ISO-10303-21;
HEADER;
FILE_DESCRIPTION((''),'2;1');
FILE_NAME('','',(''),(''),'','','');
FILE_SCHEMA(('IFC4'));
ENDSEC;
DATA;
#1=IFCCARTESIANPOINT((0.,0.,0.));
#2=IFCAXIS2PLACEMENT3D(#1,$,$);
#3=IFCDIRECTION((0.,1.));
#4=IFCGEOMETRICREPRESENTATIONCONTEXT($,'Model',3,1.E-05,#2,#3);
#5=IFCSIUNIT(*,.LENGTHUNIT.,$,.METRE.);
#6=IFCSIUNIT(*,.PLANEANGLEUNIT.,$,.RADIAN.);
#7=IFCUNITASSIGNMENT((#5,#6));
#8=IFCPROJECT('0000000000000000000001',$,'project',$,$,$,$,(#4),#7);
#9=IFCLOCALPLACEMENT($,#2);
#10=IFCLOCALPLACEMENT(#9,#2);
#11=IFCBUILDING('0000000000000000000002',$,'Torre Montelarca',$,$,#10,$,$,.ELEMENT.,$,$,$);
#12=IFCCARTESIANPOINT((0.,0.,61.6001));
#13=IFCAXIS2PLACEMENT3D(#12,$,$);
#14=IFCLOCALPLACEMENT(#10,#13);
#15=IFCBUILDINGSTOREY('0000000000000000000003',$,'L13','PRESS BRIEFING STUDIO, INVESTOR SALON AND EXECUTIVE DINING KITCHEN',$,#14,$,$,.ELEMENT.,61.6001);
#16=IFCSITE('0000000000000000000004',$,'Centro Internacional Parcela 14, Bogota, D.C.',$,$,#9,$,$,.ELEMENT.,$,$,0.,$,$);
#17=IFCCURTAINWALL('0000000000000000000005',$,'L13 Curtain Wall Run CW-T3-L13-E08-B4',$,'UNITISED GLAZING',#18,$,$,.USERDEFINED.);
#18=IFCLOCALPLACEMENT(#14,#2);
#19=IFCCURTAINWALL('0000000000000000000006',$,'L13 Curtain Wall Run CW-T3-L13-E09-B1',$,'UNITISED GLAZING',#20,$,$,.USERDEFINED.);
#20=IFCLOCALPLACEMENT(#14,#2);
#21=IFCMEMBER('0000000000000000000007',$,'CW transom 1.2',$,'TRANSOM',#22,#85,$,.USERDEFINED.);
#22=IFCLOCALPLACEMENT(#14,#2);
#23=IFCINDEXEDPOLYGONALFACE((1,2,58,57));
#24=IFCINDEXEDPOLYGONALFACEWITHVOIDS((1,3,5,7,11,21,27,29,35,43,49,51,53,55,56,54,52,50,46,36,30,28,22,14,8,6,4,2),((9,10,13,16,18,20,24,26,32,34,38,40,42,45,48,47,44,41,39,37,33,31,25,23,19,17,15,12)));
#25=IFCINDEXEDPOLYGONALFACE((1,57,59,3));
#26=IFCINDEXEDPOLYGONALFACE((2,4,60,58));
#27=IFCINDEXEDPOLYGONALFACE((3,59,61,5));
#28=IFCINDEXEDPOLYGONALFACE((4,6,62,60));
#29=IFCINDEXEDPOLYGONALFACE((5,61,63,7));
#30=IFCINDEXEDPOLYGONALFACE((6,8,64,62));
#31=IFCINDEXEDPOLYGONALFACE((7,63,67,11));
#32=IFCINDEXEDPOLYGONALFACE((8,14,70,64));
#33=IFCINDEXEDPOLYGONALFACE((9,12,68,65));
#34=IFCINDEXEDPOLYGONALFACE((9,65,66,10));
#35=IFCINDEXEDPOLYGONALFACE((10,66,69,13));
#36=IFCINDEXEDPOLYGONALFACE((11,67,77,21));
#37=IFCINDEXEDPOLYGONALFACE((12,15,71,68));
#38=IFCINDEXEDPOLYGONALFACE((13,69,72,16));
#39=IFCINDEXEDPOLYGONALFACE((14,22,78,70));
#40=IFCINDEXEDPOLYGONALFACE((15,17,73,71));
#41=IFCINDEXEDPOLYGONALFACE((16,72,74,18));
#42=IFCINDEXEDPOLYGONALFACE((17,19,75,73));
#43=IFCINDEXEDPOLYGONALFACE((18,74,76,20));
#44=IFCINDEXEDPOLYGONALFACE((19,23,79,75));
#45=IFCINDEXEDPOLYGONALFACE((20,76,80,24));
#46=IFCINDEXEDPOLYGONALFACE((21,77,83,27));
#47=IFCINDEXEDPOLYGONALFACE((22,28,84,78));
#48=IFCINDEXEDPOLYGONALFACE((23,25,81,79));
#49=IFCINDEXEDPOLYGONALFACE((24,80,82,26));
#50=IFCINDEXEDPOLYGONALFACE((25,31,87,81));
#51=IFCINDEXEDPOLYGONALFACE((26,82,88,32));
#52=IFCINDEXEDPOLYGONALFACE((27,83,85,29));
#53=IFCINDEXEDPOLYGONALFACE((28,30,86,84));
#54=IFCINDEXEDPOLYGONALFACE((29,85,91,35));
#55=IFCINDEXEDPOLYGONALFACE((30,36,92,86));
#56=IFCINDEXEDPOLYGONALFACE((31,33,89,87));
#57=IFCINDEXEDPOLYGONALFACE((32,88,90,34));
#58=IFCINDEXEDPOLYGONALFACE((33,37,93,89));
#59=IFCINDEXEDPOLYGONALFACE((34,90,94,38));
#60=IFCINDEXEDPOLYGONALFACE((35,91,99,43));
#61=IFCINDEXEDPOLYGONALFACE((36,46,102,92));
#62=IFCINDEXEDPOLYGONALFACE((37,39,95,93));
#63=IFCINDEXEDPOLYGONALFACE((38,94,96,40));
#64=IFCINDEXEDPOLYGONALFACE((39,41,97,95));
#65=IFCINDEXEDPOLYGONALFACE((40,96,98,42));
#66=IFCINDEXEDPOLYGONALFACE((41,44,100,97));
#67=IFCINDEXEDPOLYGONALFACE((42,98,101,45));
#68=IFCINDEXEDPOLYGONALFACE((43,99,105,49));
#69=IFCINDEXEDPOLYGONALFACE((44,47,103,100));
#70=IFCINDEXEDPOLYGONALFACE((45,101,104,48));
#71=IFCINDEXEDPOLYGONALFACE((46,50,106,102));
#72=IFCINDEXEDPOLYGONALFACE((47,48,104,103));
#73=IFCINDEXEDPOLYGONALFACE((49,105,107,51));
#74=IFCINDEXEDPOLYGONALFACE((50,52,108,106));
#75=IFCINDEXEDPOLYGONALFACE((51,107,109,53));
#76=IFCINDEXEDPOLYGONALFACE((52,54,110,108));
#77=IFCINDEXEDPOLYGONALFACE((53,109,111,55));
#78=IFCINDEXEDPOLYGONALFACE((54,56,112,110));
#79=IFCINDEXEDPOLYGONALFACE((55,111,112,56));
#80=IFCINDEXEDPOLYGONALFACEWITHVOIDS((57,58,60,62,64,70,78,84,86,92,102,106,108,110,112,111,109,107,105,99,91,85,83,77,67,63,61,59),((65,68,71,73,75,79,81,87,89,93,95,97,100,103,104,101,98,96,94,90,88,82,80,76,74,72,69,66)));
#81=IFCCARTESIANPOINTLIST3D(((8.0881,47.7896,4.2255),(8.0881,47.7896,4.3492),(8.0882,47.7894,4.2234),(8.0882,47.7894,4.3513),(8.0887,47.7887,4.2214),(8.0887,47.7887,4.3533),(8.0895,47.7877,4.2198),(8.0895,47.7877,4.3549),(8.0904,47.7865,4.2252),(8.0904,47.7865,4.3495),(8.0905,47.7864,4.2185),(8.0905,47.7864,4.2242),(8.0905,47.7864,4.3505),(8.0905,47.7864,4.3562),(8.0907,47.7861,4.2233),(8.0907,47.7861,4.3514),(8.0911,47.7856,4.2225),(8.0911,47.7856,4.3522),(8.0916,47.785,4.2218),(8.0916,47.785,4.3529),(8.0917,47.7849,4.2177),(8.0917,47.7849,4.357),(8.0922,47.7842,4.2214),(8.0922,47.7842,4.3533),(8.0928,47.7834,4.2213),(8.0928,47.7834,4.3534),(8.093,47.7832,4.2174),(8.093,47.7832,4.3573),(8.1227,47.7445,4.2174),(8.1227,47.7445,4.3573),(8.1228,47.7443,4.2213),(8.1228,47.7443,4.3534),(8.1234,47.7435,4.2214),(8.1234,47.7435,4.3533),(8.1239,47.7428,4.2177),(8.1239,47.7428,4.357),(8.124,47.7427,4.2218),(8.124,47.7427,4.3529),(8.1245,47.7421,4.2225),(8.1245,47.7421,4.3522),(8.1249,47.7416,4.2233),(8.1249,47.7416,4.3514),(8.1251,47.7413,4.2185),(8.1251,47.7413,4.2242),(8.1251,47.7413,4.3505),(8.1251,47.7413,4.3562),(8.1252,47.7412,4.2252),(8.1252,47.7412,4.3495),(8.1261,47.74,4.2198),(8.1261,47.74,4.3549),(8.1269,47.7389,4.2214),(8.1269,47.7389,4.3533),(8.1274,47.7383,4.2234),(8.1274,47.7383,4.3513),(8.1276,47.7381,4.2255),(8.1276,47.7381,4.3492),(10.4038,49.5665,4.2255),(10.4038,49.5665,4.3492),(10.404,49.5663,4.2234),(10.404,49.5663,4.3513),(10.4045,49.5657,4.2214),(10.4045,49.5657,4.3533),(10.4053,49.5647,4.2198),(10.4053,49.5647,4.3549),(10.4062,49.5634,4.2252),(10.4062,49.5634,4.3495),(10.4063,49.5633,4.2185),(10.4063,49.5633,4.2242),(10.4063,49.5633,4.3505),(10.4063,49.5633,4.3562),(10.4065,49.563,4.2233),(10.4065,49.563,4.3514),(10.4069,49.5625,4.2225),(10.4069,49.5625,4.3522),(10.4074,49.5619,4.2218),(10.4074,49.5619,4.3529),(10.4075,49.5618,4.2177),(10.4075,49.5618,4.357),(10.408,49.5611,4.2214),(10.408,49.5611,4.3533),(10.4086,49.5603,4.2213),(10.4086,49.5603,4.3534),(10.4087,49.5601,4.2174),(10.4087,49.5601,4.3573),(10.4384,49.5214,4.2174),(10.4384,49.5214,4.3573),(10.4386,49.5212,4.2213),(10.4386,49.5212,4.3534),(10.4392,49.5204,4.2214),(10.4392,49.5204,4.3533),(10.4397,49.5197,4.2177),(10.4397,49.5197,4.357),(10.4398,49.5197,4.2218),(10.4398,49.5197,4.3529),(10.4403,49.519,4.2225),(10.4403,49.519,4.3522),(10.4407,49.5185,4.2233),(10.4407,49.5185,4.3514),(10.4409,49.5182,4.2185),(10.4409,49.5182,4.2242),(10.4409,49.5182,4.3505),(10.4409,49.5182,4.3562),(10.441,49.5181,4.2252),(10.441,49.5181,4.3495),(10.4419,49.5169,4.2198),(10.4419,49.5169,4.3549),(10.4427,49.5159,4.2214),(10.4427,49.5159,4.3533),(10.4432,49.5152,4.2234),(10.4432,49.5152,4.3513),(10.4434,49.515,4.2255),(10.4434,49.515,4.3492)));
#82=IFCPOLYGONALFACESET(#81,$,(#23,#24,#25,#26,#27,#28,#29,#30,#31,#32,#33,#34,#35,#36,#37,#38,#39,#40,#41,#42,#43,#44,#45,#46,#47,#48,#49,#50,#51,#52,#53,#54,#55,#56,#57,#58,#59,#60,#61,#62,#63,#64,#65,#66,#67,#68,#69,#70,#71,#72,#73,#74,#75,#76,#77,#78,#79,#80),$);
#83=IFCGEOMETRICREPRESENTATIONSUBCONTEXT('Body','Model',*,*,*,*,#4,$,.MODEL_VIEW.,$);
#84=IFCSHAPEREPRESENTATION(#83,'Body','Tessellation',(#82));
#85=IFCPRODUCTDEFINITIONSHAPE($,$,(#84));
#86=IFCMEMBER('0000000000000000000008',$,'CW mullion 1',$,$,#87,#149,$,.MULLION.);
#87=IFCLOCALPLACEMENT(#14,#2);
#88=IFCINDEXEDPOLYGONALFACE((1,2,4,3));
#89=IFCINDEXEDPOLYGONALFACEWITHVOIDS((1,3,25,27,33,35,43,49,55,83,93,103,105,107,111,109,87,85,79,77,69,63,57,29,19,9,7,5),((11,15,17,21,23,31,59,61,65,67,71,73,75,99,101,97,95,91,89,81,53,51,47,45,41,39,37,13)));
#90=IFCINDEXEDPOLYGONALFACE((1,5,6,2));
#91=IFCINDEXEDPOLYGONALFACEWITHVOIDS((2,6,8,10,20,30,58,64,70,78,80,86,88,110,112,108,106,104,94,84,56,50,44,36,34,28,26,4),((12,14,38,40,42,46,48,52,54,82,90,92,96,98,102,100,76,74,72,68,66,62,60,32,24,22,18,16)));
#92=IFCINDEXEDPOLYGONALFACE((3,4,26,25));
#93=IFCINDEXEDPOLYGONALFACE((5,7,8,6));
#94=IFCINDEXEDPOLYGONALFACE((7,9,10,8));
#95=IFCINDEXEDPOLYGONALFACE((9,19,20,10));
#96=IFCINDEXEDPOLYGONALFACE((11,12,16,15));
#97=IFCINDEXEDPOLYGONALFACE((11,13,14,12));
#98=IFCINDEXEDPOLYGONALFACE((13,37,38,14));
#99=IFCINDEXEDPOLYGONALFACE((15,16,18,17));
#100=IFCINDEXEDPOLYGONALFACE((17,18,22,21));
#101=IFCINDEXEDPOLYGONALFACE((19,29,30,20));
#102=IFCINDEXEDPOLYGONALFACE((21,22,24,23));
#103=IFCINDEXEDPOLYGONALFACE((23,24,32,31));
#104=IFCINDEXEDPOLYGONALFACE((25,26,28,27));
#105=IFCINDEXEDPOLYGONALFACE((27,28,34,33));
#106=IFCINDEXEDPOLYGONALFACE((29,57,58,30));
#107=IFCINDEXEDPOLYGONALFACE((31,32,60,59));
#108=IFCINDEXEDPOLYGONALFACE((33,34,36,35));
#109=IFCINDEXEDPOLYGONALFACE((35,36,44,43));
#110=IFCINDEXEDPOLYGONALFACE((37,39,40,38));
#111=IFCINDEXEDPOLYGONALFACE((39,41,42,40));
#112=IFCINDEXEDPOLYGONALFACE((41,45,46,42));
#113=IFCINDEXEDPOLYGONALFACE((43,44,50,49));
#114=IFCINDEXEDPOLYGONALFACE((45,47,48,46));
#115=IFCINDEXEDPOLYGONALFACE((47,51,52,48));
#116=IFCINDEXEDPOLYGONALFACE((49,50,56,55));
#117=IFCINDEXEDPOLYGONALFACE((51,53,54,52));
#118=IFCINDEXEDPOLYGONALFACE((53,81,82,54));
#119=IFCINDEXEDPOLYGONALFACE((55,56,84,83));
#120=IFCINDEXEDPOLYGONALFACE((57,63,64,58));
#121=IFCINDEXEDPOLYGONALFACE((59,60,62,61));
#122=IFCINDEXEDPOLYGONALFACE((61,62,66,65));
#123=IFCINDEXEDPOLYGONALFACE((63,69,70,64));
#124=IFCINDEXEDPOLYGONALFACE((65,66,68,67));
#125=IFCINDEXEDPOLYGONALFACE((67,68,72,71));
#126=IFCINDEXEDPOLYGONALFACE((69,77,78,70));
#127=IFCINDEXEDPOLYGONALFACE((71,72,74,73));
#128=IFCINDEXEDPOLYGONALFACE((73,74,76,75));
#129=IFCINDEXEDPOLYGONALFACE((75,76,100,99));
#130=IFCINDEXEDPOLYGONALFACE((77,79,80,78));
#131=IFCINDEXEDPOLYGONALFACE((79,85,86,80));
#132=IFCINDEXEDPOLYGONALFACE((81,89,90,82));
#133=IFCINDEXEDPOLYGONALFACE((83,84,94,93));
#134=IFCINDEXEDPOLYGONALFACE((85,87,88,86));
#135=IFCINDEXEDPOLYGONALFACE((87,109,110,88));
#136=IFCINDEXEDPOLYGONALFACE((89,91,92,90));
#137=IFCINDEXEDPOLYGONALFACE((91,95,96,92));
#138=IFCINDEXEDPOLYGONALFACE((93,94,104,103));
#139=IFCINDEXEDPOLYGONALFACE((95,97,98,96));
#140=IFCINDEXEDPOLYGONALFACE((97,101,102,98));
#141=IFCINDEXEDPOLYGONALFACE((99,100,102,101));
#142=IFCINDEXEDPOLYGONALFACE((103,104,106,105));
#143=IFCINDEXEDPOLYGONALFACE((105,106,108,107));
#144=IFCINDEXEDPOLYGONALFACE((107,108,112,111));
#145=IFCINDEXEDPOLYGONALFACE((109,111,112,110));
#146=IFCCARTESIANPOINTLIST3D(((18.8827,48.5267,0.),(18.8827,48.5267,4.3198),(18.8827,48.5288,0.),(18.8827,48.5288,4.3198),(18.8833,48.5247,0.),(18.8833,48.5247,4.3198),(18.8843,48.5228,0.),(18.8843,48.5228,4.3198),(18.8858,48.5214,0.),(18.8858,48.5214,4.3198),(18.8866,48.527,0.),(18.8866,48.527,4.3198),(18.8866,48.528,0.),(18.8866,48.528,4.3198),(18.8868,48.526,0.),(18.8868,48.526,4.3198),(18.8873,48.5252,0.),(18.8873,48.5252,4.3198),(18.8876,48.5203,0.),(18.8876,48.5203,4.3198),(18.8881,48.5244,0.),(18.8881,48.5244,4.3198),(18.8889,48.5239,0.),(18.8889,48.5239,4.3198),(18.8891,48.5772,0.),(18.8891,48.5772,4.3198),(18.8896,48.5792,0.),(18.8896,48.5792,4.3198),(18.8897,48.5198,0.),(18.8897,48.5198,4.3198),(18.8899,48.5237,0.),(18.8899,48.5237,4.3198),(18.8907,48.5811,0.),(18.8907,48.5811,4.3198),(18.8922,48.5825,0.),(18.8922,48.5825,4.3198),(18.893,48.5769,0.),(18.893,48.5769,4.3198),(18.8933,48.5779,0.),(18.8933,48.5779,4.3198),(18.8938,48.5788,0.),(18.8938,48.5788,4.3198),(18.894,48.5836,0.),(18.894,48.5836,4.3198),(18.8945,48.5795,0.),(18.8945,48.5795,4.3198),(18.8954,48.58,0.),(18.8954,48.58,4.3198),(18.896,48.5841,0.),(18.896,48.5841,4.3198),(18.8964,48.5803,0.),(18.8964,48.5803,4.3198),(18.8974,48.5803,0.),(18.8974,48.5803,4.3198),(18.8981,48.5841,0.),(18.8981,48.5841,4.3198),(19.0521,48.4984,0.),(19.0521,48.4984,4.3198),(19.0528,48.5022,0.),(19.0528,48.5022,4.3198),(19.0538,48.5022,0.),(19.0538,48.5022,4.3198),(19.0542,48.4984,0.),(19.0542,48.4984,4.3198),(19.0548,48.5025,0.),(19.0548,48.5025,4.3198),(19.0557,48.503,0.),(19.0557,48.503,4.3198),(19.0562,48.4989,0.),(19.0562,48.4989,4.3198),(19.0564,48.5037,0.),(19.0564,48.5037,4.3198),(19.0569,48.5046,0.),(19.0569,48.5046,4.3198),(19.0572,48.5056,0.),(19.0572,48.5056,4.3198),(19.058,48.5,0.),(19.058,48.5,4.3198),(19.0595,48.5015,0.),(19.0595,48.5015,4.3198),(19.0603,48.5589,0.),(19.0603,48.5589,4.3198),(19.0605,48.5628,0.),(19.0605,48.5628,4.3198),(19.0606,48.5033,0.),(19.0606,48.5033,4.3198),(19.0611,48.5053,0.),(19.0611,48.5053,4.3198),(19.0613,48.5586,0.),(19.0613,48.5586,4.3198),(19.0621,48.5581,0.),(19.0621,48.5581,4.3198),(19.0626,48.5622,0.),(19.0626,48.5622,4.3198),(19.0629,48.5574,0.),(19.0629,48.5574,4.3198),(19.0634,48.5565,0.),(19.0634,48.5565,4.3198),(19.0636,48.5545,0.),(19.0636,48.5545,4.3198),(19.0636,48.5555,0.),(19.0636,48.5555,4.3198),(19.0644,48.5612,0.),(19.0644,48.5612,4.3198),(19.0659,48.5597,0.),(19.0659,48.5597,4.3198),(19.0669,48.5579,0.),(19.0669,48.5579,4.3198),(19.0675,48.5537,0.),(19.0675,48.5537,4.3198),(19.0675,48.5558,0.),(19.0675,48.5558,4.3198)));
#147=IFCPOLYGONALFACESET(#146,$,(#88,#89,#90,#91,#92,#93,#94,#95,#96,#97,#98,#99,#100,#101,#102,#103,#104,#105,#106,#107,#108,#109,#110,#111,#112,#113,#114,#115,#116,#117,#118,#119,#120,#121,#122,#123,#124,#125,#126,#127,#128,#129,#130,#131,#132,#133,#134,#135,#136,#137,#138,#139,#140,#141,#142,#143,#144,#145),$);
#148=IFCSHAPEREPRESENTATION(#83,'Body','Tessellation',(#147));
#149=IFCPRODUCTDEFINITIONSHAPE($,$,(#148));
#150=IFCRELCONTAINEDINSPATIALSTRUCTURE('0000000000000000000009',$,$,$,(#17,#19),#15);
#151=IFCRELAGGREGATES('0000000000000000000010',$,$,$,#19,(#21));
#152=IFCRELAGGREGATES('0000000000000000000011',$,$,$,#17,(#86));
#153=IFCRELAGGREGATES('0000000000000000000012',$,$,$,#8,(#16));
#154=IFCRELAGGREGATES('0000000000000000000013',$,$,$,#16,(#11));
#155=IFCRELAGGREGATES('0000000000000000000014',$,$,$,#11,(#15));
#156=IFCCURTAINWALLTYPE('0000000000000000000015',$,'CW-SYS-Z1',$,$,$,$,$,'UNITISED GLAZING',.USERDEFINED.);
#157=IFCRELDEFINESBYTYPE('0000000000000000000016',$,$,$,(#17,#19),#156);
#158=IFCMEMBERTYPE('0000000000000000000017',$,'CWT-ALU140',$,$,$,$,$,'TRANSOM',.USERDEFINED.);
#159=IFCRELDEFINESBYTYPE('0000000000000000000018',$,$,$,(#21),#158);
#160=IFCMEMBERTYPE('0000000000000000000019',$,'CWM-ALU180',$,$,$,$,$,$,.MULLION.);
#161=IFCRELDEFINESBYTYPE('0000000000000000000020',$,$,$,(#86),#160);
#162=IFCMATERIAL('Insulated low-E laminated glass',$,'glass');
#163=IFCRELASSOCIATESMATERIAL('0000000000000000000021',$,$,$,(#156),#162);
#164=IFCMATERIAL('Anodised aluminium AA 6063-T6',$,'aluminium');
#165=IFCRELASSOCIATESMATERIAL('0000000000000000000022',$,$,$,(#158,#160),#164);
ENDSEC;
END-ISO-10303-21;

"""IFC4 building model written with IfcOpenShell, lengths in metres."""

from ifc_helpers import new_model, si_unit, direction, frame, origin, origin_2d, place, context, subcontext, project, spatial, hollow_rectangle, extrude, source, transform, mapped, material, material_profile, profile_set, type_object, element, aggregate, save


model = new_model("IFC4")

# Units and contexts
model_context = context("Model", 3, precision=1e-05, world=origin(), true_north=direction((0.0, 1.0)))
body_context = subcontext(model_context, "Body", "Model", "MODEL_VIEW")
ifc_project = project(units=[si_unit("LENGTHUNIT", "METRE"), si_unit("PLANEANGLEUNIT", "RADIAN")], contexts=[model_context])

# Site, building, storey
site_placement = place(None, origin())
site = spatial("IfcSite", under=ifc_project, at=site_placement, Name="Centro Internacional Parcela 14, Bogota, D.C.", CompositionType="ELEMENT", RefElevation=0.0)
building_placement = place(site_placement, origin())
building = spatial("IfcBuilding", under=site, at=building_placement, Name="Torre Montelarca", CompositionType="ELEMENT")
storey_placement = place(building_placement, frame((0.0, 0.0, 61.6001)))
storey = spatial("IfcBuildingStorey", under=building, at=storey_placement, Name="L13", Description="PRESS BRIEFING STUDIO, INVESTOR SALON AND EXECUTIVE DINING KITCHEN", CompositionType="ELEMENT", Elevation=61.6001)

# Curtain walls, member
ifc_material_1 = material(Name="Insulated low-E laminated glass", Category="glass")
curtain_wall_type = type_object("IfcCurtainWallType", Name="CW-SYS-Z1", ElementType="UNITISED GLAZING", PredefinedType="USERDEFINED", material=ifc_material_1)
curtain_wall_1_placement = place(storey_placement, origin())
curtain_wall_1 = element("IfcCurtainWall", 1, at=curtain_wall_1_placement, inside=storey, type_object=curtain_wall_type, Name="L13 Curtain Wall Run CW-T3-L13-E08-B4", ObjectType="UNITISED GLAZING", PredefinedType="USERDEFINED")
ifc_material_2 = material(Name="Anodised aluminium AA 6063-T6", Category="aluminium")
ifc_material_profile_1 = material_profile(ifc_material_2, hollow_rectangle(XDim=0.0649, YDim=0.1399, WallThickness=0.0039, InnerFilletRadius=0.0039, OuterFilletRadius=0.0081, at=origin_2d()), Name="ALU65X140X4", Category="aluminium")
ifc_profile_set_1 = profile_set([ifc_material_profile_1], Name="Anodised aluminium AA 6063-T6")
member_type_1 = type_object("IfcMemberType", Name="CWT-ALU140", ElementType="TRANSOM", PredefinedType="USERDEFINED", material=ifc_profile_set_1)
curtain_wall_2_placement = place(storey_placement, origin())
curtain_wall_2 = element("IfcCurtainWall", 2, at=curtain_wall_2_placement, inside=storey, type_object=curtain_wall_type, Name="L13 Curtain Wall Run CW-T3-L13-E09-B1", ObjectType="UNITISED GLAZING", PredefinedType="USERDEFINED")
shared_shape_1 = source(origin(), body_context, "Body", "SweptSolid", [
    extrude(hollow_rectangle(XDim=0.0649, YDim=0.1399, WallThickness=0.0039, InnerFilletRadius=0.0039, OuterFilletRadius=0.0081, at=origin_2d()), origin(), (0.0, 0.0, 1.0), 2.9189),
])
member_1_placement = place(storey_placement, frame((10.4236, 49.5408, 4.2874), z_axis=(-0.793357, -0.608756, 0.0), x_axis=(0.608756, -0.793357, 0.0)))
member_1 = element("IfcMember", 3, at=member_1_placement, type_object=member_type_1, Name="CW transom 1.2", ObjectType="TRANSOM", PredefinedType="USERDEFINED", context=body_context, shape_type="MappedRepresentation", body=[
    mapped(shared_shape_1, transform((0.0, 0.0, 0.0), scale=1.0)),
])

# Member
ifc_material_profile_2 = material_profile(ifc_material_2, hollow_rectangle(XDim=0.0649, YDim=0.1799, WallThickness=0.0039, InnerFilletRadius=0.0039, OuterFilletRadius=0.0081, at=origin_2d()), Name="ALU65X180X4", Category="aluminium")
ifc_profile_set_2 = profile_set([ifc_material_profile_2], Name="Anodised aluminium AA 6063-T6")
member_type_2 = type_object("IfcMemberType", Name="CWM-ALU180", PredefinedType="MULLION", material=ifc_profile_set_2)
shared_shape_2 = source(origin(), body_context, "Body", "SweptSolid", [
    extrude(hollow_rectangle(XDim=0.0649, YDim=0.1799, WallThickness=0.0039, InnerFilletRadius=0.0039, OuterFilletRadius=0.0081, at=origin_2d()), origin(), (0.0, 0.0, 1.0), 4.3198),
])
member_2_placement = place(storey_placement, frame((18.9751, 48.5413, 0.0), z_axis=(0.0, 0.0, 1.0), x_axis=(-0.130518, -0.991446, 0.0)))
member_2 = element("IfcMember", 4, at=member_2_placement, type_object=member_type_2, Name="CW mullion 1", PredefinedType="MULLION", context=body_context, shape_type="MappedRepresentation", body=[
    mapped(shared_shape_2, transform((0.0, 0.0, 0.0), scale=1.0)),
])
aggregate(curtain_wall_2, [member_1])

aggregate(curtain_wall_1, [member_2])

save(model, "model.ifc")
